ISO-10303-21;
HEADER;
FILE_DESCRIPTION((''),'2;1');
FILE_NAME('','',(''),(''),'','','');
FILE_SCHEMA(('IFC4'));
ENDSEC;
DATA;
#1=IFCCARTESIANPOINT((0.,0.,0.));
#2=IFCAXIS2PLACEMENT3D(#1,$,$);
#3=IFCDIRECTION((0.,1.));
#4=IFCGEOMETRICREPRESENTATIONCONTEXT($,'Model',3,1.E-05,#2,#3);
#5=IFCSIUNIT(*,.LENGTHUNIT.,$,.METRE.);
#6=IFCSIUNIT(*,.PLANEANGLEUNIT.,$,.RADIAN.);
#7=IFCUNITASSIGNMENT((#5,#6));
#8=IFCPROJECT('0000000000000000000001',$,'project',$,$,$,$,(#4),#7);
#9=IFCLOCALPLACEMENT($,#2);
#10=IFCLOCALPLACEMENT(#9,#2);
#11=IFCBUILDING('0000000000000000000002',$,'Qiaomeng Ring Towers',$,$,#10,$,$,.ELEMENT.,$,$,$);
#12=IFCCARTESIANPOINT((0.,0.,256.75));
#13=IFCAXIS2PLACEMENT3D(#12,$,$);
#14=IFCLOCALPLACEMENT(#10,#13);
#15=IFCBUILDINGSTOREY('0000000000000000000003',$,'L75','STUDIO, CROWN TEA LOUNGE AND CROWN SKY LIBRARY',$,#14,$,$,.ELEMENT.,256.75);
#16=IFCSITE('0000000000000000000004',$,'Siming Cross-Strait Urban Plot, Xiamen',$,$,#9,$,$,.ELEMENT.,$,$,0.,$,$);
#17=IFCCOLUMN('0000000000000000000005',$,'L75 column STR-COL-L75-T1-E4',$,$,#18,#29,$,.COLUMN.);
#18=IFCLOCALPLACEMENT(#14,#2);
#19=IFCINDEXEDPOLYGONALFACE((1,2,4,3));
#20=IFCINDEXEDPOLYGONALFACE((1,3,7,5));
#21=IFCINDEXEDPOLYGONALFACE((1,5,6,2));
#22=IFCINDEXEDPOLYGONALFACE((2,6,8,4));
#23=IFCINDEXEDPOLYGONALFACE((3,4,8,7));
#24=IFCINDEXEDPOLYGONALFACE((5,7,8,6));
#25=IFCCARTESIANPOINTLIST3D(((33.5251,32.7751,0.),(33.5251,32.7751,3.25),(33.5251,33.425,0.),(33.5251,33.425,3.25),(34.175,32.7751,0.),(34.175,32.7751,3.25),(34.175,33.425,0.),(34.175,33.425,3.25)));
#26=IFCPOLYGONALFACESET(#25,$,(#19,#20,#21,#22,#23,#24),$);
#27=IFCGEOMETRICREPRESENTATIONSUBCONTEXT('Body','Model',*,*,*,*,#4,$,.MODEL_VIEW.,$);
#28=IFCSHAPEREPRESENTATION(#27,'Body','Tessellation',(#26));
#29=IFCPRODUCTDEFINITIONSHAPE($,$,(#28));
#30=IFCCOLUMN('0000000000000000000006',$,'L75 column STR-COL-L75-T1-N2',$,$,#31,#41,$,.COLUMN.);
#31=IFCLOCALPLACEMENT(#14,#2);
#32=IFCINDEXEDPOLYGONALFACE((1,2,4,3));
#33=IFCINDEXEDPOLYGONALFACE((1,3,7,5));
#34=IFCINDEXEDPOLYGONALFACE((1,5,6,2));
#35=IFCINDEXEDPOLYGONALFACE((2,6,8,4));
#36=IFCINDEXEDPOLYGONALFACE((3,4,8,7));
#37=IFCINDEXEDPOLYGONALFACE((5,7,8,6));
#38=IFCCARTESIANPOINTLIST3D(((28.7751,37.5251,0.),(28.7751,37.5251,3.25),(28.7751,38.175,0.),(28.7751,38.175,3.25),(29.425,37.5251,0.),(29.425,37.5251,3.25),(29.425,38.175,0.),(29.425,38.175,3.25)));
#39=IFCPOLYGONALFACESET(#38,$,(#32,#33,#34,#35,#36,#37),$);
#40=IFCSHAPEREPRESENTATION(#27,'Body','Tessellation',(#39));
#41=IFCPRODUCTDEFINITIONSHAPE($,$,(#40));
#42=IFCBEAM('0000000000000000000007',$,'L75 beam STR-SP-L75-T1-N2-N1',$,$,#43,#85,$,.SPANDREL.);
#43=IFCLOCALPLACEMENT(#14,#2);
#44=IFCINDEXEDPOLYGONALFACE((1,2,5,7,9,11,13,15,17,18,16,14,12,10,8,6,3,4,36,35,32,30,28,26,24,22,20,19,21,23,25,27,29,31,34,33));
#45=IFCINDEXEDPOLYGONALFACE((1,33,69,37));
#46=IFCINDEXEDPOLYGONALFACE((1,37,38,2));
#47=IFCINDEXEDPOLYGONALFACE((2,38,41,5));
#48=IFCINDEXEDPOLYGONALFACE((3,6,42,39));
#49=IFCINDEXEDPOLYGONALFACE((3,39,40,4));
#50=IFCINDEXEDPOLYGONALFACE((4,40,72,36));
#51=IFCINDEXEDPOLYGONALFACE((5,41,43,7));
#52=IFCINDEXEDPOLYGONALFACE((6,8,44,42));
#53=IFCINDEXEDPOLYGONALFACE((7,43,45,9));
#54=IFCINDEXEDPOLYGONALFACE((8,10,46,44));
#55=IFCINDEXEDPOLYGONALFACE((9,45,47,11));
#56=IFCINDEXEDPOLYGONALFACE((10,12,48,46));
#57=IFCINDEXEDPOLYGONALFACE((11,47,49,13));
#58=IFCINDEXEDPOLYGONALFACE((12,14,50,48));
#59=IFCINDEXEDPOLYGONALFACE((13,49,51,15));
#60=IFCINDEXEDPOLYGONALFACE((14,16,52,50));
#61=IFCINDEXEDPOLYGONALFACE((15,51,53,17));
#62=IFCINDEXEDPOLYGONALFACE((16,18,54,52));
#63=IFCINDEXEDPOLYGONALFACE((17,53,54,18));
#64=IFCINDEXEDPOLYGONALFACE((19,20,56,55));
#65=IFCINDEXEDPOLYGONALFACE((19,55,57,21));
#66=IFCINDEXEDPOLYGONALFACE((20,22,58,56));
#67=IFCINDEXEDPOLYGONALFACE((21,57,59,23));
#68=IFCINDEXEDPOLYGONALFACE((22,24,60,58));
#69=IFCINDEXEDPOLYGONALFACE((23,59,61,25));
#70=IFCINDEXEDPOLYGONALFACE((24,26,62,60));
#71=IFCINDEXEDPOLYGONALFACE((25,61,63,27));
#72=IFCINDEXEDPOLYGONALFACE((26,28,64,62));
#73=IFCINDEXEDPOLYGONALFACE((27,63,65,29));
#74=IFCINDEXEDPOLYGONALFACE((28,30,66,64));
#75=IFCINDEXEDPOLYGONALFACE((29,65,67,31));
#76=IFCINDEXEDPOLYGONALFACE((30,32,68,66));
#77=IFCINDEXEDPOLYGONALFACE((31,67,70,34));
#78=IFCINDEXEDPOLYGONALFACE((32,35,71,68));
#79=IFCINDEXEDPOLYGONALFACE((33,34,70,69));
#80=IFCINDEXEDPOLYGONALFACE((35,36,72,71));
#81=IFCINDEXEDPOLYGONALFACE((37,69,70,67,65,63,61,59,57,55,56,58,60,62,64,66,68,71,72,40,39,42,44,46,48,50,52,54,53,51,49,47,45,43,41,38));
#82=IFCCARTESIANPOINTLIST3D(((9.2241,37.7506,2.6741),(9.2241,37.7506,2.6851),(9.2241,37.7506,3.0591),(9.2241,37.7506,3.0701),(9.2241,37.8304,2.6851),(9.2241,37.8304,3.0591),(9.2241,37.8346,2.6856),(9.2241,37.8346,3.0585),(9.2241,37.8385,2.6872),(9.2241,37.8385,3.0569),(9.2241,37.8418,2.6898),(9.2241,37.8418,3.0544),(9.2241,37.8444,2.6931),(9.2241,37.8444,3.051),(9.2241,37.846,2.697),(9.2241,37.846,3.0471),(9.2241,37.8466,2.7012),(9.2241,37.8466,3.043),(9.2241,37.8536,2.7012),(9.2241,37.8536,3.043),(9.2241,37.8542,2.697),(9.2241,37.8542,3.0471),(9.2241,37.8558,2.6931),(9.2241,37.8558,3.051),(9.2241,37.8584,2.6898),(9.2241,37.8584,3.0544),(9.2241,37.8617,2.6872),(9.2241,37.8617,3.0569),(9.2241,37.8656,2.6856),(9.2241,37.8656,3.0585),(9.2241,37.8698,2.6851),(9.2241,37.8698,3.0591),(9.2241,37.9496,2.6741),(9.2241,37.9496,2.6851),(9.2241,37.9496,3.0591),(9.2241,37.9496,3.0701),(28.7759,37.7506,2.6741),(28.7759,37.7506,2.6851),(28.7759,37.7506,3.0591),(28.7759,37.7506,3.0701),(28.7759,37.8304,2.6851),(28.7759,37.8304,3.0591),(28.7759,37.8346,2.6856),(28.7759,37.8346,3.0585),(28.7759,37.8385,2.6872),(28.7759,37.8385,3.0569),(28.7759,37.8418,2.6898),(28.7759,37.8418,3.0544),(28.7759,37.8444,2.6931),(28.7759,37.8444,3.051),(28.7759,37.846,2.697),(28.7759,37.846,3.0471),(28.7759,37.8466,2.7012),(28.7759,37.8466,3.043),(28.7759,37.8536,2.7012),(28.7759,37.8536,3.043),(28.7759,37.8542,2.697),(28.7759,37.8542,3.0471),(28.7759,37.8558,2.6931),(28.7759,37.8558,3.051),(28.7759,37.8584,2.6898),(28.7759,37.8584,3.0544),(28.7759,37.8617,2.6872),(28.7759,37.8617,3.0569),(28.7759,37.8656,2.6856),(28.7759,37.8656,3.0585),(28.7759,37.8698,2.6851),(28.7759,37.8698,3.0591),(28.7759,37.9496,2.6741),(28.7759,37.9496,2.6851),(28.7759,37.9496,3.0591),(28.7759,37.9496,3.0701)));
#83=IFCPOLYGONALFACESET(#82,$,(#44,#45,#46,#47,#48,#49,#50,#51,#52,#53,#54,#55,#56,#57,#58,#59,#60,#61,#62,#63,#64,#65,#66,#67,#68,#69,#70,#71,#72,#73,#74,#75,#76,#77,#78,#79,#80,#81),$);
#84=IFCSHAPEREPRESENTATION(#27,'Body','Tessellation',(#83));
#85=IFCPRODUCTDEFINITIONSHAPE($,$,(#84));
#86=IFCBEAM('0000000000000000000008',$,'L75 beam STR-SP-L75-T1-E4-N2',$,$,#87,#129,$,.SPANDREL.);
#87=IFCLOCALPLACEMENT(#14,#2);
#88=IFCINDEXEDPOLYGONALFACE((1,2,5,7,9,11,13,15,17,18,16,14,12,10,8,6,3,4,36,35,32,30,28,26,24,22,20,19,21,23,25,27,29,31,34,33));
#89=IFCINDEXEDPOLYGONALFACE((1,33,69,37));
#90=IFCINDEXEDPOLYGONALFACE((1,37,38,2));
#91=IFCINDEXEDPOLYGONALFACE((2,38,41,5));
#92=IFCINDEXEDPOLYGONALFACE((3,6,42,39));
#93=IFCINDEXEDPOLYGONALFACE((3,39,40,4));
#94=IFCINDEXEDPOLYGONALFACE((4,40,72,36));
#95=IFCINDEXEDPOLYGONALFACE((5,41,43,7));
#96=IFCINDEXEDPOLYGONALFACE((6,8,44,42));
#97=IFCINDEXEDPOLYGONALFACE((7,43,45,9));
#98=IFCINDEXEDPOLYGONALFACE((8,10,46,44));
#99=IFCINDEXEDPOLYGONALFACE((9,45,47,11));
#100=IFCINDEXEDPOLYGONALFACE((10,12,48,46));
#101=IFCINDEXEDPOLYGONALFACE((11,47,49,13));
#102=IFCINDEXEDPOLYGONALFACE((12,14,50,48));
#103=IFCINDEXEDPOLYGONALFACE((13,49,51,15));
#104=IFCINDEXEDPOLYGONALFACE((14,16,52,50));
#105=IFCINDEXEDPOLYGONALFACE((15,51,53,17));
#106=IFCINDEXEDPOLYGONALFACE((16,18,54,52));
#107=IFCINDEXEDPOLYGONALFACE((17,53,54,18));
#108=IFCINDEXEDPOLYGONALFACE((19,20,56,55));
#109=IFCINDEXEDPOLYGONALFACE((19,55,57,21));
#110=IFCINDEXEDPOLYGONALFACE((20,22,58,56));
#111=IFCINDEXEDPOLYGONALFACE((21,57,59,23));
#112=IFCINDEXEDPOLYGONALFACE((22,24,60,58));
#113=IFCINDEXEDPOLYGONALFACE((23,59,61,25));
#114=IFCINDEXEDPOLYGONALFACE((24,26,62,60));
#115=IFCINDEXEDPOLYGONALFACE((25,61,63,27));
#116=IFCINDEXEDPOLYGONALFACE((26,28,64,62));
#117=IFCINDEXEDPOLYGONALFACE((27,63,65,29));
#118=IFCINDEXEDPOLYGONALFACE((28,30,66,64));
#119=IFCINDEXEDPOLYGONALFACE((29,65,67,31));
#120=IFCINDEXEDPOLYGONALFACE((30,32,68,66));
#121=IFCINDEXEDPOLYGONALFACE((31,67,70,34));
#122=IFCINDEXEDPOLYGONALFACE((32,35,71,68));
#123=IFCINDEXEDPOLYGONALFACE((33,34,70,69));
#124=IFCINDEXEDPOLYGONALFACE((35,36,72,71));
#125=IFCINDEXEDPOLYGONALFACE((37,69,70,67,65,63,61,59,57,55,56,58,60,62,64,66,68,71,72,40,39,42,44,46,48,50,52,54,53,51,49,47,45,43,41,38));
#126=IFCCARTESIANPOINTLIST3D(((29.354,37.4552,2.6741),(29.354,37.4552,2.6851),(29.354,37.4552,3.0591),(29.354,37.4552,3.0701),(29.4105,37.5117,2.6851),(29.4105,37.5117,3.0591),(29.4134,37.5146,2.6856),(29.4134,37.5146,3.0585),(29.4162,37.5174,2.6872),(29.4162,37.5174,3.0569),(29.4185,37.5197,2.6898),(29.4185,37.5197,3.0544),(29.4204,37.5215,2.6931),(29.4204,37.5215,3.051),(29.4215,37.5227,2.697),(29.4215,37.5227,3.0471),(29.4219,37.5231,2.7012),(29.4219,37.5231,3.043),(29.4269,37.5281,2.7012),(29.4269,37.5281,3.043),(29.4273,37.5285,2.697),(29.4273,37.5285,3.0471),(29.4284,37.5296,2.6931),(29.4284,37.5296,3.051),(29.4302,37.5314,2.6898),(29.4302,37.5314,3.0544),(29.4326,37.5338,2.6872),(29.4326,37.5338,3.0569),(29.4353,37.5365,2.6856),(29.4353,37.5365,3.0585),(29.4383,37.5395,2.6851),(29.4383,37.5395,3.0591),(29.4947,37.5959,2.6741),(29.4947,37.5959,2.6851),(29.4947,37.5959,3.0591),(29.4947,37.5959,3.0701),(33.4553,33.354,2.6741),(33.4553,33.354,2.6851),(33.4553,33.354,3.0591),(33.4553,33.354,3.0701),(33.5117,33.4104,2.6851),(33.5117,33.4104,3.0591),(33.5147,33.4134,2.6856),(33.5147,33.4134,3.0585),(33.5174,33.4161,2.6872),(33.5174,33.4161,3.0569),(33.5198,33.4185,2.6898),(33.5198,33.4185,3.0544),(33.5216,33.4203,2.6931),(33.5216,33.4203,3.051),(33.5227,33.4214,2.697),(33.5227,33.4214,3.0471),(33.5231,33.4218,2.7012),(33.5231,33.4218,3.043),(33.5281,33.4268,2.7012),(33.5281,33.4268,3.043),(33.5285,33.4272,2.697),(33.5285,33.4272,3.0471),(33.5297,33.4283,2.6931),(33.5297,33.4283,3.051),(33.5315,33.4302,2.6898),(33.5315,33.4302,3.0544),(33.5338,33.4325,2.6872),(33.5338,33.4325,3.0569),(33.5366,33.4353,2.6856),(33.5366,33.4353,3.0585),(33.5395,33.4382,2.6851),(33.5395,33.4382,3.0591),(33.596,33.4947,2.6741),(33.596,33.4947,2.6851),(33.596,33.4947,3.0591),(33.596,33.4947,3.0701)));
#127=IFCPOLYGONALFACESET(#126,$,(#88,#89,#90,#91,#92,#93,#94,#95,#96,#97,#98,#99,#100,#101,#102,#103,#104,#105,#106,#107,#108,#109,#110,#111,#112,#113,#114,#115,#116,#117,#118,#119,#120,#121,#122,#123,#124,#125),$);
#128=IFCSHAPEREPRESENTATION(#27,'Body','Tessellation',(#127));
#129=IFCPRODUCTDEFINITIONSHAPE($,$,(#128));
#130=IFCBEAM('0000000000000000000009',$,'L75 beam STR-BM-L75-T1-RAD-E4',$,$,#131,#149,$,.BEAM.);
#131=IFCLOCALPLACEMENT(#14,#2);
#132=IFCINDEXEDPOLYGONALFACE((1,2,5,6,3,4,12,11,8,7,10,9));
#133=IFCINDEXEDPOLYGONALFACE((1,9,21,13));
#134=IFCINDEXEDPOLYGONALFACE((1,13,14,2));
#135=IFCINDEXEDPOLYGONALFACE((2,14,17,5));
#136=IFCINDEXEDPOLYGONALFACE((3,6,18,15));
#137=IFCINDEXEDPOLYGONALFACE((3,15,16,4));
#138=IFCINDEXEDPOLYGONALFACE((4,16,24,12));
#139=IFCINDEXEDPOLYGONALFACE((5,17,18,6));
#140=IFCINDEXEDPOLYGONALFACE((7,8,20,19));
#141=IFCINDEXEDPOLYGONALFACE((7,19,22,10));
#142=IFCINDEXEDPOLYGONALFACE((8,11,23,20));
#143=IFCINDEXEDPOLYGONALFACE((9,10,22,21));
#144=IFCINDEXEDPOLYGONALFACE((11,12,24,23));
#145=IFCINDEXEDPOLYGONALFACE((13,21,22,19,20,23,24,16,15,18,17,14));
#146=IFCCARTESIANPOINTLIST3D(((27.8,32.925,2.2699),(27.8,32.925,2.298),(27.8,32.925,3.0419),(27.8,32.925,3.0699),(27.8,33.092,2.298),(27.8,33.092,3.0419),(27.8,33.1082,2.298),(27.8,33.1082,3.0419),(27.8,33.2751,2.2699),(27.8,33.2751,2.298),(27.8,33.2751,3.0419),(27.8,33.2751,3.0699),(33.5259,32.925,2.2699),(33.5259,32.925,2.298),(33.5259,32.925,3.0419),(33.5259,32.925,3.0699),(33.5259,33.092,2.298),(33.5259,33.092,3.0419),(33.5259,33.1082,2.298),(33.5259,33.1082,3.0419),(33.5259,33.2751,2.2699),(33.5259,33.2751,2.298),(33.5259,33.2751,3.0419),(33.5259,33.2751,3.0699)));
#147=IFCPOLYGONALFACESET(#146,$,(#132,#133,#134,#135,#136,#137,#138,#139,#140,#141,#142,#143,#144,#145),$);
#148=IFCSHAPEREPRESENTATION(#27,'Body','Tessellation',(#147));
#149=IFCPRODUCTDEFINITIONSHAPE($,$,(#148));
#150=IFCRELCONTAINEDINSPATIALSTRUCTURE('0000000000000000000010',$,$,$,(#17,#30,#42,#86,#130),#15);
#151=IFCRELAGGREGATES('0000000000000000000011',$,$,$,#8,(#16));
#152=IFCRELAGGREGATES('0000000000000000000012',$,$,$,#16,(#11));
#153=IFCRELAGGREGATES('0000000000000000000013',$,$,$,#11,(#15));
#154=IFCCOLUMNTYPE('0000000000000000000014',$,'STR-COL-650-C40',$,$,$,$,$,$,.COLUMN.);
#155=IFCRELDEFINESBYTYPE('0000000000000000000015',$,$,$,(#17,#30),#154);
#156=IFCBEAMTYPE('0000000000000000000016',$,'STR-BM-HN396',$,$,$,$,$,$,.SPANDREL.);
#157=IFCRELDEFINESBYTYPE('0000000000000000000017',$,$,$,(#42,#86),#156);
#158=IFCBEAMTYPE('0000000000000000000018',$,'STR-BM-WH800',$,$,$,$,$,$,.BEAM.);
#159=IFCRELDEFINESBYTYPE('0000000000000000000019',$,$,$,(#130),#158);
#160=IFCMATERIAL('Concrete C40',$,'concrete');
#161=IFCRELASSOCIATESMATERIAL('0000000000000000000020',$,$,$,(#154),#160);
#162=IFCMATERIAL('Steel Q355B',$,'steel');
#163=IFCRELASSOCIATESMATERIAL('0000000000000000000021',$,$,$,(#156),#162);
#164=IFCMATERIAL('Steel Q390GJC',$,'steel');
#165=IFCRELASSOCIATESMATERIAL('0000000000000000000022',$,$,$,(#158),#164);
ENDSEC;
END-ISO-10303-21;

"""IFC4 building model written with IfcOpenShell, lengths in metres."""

from ifc_helpers import new_model, si_unit, direction, frame, origin, origin_2d, place, context, subcontext, project, spatial, rectangle, i_section, extrude, source, transform, mapped, material, material_profile, profile_set, type_object, element, save


model = new_model("IFC4")

# Units and contexts
model_context = context("Model", 3, precision=1e-05, world=origin(), true_north=direction((0.0, 1.0)))
body_context = subcontext(model_context, "Body", "Model", "MODEL_VIEW")
ifc_project = project(units=[si_unit("LENGTHUNIT", "METRE"), si_unit("PLANEANGLEUNIT", "RADIAN")], contexts=[model_context])

# Site, building, storey
site_placement = place(None, origin())
site = spatial("IfcSite", under=ifc_project, at=site_placement, Name="Siming Cross-Strait Urban Plot, Xiamen", CompositionType="ELEMENT", RefElevation=0.0)
building_placement = place(site_placement, origin())
building = spatial("IfcBuilding", under=site, at=building_placement, Name="Qiaomeng Ring Towers", CompositionType="ELEMENT")
storey_placement = place(building_placement, frame((0.0, 0.0, 256.75)))
storey = spatial("IfcBuildingStorey", under=building, at=storey_placement, Name="L75", Description="STUDIO, CROWN TEA LOUNGE AND CROWN SKY LIBRARY", CompositionType="ELEMENT", Elevation=256.75)

# Columns
ifc_material_1 = material(Name="Concrete C40", Category="concrete")
ifc_material_profile_1 = material_profile(ifc_material_1, rectangle(XDim=0.6499, YDim=0.6499, at=origin_2d()), Name="RC COL 650x650")
ifc_profile_set_1 = profile_set([ifc_material_profile_1], Name="Concrete C40")
column_type = type_object("IfcColumnType", Name="STR-COL-650-C40", PredefinedType="COLUMN", material=ifc_profile_set_1)
shared_shape_1 = source(origin(), body_context, "Body", "SweptSolid", [
    extrude(rectangle(XDim=0.6499, YDim=0.6499, at=origin_2d()), origin(), (0.0, 0.0, 1.0), 3.25),
])
for number, where, z_axis, x_axis, name in (
    (1, (33.8501, 33.1001, 0.0), (0.0, 0.0, 1.0), (1.0, 0.0, 0.0), "L75 column STR-COL-L75-T1-E4"),
    (2, (29.1001, 37.8501, 0.0), (0.0, 0.0, 1.0), (1.0, 0.0, 0.0), "L75 column STR-COL-L75-T1-N2"),
):
    element("IfcColumn", number, at=place(storey_placement, frame(where, z_axis=z_axis, x_axis=x_axis)), inside=storey, type_object=column_type, Name=name, PredefinedType="COLUMN", context=body_context, shape_type="MappedRepresentation", body=[
        mapped(shared_shape_1, transform((0.0, 0.0, 0.0), x_axis=(1.0, 0.0, 0.0), y_axis=(0.0, 1.0, 0.0), z_axis=(0.0, 0.0, 1.0), scale=1.0)),
    ])

# Beams
ifc_material_2 = material(Name="Steel Q355B", Category="steel")
ifc_material_profile_2 = material_profile(ifc_material_2, i_section(OverallWidth=0.199, OverallDepth=0.396, WebThickness=0.0071, FlangeThickness=0.011, FilletRadius=0.0161, at=origin_2d()), Name="HN 396x199x7x11")
ifc_profile_set_2 = profile_set([ifc_material_profile_2], Name="Steel Q355B")
beam_type_1 = type_object("IfcBeamType", Name="STR-BM-HN396", PredefinedType="SPANDREL", material=ifc_profile_set_2)
shared_shape_2 = source(origin(), body_context, "Body", "SweptSolid", [
    extrude(i_section(OverallWidth=0.199, OverallDepth=0.396, WebThickness=0.0071, FlangeThickness=0.011, FilletRadius=0.0161, at=origin_2d()), origin(), (0.0, 0.0, 1.0), 19.5518),
])
beam_1_placement = place(storey_placement, frame((28.7759, 37.8501, 2.8721), z_axis=(-1.0, 0.0, 0.0), x_axis=(0.0, -1.0, 0.0)))
element("IfcBeam", 3, at=beam_1_placement, inside=storey, type_object=beam_type_1, Name="L75 beam STR-SP-L75-T1-N2-N1", PredefinedType="SPANDREL", context=body_context, shape_type="MappedRepresentation", body=[
    mapped(shared_shape_2, transform((0.0, 0.0, 0.0), x_axis=(1.0, 0.0, 0.0), y_axis=(0.0, 1.0, 0.0), z_axis=(0.0, 0.0, 1.0), scale=1.0)),
])
shared_shape_3 = source(origin(), body_context, "Body", "SweptSolid", [
    extrude(i_section(OverallWidth=0.199, OverallDepth=0.396, WebThickness=0.0071, FlangeThickness=0.011, FilletRadius=0.0161, at=origin_2d()), origin(), (0.0, 0.0, 1.0), 5.8),
])
beam_2_placement = place(storey_placement, frame((33.5256, 33.4243, 2.8721), z_axis=(-0.707107, 0.707107, 0.0), x_axis=(-0.707107, -0.707107, 0.0)))
element("IfcBeam", 4, at=beam_2_placement, inside=storey, type_object=beam_type_1, Name="L75 beam STR-SP-L75-T1-E4-N2", PredefinedType="SPANDREL", context=body_context, shape_type="MappedRepresentation", body=[
    mapped(shared_shape_3, transform((0.0, 0.0, 0.0), x_axis=(1.0, 0.0, 0.0), y_axis=(0.0, 1.0, 0.0), z_axis=(0.0, 0.0, 1.0), scale=1.0)),
])
ifc_material_3 = material(Name="Steel Q390GJC", Category="steel")
ifc_material_profile_3 = material_profile(ifc_material_3, i_section(OverallWidth=0.3501, OverallDepth=0.8, WebThickness=0.0161, FlangeThickness=0.0281, at=origin_2d()), Name="WH 800x350x16x28")
ifc_profile_set_3 = profile_set([ifc_material_profile_3], Name="Steel Q390GJC")
beam_type_2 = type_object("IfcBeamType", Name="STR-BM-WH800", PredefinedType="BEAM", material=ifc_profile_set_3)
shared_shape_4 = source(origin(), body_context, "Body", "SweptSolid", [
    extrude(i_section(OverallWidth=0.3501, OverallDepth=0.8, WebThickness=0.0161, FlangeThickness=0.0281, at=origin_2d()), origin(), (0.0, 0.0, 1.0), 5.7258),
])
beam_3_placement = place(storey_placement, frame((27.8, 33.1001, 2.6699), z_axis=(1.0, 0.0, 0.0), x_axis=(0.0, 1.0, 0.0)))
element("IfcBeam", 5, at=beam_3_placement, inside=storey, type_object=beam_type_2, Name="L75 beam STR-BM-L75-T1-RAD-E4", PredefinedType="BEAM", context=body_context, shape_type="MappedRepresentation", body=[
    mapped(shared_shape_4, transform((0.0, 0.0, 0.0), x_axis=(1.0, 0.0, 0.0), y_axis=(0.0, 1.0, 0.0), z_axis=(0.0, 0.0, 1.0), scale=1.0)),
])

save(model, "model.ifc")
